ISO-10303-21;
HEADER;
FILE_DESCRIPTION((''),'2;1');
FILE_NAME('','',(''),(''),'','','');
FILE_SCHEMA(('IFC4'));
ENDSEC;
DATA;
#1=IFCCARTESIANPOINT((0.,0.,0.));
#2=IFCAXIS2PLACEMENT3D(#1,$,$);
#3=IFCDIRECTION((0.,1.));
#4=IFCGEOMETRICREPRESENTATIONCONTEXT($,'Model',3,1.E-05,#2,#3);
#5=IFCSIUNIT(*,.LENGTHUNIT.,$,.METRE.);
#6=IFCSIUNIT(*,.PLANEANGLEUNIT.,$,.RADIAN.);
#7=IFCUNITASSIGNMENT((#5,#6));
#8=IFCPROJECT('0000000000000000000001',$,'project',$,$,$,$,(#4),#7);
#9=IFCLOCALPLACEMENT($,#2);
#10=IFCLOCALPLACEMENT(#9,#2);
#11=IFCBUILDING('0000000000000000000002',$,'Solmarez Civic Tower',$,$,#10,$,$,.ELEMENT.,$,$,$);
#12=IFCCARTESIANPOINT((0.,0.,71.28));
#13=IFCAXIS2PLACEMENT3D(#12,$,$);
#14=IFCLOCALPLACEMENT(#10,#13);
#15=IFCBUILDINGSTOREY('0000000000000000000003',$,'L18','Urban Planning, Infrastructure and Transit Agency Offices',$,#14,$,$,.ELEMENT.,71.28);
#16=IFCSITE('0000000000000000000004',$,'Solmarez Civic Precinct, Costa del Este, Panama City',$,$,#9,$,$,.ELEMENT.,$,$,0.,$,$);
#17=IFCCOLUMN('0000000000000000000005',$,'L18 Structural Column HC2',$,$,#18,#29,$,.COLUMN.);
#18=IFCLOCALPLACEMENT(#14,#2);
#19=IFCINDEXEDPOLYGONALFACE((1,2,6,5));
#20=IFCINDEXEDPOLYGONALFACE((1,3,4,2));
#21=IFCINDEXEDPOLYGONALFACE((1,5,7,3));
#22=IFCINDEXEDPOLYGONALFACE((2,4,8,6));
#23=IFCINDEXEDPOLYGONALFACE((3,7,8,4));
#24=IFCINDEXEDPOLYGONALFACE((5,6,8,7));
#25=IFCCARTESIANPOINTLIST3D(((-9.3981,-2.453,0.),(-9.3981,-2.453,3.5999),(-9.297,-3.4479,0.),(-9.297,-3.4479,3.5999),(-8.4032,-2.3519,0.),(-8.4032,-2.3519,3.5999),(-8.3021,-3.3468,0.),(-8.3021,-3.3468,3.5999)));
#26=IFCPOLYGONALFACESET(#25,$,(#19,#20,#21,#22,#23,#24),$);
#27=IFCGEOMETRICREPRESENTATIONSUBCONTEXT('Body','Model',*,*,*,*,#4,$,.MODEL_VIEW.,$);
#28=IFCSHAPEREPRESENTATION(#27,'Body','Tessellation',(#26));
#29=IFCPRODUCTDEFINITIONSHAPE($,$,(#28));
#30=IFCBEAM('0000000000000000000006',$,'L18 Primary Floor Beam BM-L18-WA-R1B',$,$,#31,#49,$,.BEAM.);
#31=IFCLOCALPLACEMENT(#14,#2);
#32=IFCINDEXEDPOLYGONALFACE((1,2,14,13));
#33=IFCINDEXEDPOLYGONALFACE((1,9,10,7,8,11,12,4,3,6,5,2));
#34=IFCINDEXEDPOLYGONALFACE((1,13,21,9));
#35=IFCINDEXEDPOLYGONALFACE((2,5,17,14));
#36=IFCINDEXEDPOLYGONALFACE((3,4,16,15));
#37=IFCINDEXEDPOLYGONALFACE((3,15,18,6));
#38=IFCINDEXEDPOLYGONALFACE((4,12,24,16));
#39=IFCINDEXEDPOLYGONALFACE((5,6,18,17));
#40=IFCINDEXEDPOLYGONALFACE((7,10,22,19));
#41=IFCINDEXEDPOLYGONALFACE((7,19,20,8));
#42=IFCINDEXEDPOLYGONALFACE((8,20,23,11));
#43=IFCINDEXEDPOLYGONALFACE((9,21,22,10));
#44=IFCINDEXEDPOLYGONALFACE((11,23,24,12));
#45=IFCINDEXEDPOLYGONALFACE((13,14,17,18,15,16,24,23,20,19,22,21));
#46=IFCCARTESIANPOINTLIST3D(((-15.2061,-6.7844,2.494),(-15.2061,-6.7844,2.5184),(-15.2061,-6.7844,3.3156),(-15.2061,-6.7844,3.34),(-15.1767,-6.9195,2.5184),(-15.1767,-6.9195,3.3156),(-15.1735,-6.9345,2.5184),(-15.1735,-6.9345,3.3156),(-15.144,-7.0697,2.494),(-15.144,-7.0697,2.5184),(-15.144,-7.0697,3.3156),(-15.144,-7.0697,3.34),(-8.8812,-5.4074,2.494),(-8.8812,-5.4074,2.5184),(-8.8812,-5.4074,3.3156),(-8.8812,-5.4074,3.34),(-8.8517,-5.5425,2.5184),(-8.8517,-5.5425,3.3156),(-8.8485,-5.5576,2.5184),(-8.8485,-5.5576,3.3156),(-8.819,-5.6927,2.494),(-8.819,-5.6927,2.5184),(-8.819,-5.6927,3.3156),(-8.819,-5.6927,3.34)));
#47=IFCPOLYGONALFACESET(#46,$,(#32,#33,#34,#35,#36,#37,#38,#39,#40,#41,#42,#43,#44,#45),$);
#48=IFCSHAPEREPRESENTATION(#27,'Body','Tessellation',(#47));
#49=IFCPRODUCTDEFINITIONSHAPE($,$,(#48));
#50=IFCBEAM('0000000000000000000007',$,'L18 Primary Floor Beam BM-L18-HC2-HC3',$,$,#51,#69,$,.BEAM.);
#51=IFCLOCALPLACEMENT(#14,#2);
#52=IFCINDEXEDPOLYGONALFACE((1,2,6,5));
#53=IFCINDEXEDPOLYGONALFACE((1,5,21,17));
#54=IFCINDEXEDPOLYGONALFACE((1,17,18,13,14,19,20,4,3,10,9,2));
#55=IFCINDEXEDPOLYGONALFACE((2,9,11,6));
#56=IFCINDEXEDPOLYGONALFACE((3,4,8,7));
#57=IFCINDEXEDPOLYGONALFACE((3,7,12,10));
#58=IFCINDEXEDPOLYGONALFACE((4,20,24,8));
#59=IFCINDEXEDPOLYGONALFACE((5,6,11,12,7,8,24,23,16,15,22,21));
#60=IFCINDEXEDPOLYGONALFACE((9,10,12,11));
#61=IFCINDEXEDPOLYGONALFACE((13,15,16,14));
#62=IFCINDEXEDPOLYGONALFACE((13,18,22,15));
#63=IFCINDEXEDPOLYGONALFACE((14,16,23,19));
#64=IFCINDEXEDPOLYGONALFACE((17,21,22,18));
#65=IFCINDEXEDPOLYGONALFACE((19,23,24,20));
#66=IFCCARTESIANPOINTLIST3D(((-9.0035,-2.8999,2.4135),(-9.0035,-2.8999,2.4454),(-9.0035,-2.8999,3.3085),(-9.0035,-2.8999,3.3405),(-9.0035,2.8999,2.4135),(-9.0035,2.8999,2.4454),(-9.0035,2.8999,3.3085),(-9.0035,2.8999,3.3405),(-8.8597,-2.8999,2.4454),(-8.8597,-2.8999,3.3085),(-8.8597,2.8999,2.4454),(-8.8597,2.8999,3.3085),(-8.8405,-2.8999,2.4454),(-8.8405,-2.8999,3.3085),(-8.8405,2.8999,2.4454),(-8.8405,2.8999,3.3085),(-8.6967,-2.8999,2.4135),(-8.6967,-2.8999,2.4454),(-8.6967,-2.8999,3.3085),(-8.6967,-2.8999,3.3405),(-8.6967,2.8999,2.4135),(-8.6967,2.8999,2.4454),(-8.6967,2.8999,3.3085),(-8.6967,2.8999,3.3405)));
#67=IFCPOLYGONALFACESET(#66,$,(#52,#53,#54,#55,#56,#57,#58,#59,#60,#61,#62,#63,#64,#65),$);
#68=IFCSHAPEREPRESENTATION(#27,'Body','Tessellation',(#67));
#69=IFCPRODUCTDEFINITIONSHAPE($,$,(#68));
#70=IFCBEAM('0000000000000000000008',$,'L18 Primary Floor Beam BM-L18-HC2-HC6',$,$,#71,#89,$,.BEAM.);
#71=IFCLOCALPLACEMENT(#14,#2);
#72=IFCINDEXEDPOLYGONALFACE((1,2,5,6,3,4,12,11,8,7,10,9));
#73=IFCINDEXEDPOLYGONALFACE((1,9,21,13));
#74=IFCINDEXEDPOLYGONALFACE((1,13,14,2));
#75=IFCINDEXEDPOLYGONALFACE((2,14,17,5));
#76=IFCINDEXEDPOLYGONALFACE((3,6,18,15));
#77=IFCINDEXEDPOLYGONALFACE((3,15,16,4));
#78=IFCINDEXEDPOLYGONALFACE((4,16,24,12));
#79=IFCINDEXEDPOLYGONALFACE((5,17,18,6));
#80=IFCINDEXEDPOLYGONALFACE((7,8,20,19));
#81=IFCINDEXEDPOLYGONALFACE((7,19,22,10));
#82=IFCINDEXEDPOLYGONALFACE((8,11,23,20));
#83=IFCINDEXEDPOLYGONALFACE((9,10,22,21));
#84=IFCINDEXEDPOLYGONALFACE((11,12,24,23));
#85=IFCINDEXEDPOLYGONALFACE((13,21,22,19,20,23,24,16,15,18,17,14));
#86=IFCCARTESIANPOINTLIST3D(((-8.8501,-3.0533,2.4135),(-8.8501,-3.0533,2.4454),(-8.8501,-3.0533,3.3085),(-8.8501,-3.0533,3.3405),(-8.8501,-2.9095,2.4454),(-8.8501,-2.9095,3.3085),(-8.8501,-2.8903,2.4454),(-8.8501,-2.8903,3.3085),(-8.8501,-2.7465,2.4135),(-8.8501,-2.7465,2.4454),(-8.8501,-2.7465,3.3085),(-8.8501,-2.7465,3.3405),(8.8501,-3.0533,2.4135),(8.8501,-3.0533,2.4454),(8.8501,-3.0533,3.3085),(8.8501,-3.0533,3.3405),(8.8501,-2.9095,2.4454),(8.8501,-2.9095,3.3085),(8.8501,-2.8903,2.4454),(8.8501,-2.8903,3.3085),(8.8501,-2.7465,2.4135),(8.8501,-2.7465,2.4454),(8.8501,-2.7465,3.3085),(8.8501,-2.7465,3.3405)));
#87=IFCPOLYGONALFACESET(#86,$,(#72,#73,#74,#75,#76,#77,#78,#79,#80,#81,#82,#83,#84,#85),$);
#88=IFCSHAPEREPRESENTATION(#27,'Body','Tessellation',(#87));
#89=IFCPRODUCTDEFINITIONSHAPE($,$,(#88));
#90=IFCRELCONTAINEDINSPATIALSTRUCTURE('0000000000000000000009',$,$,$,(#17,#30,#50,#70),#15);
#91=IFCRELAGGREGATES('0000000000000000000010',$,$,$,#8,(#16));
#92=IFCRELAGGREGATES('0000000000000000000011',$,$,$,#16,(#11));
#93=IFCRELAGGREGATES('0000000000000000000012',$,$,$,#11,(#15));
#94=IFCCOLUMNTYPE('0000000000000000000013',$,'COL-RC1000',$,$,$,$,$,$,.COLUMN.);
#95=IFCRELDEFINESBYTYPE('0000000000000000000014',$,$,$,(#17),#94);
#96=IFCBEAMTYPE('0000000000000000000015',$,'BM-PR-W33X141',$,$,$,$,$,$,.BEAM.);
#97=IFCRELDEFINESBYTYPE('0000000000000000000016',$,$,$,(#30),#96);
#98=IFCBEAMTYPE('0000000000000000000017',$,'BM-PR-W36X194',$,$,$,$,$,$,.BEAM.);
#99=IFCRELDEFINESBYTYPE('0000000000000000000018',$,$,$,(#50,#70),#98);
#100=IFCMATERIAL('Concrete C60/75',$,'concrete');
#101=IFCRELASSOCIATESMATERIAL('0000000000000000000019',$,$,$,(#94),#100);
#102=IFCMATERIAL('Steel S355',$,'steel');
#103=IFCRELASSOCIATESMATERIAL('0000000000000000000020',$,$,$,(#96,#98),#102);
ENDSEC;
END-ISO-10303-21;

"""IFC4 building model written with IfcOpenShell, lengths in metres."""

from ifc_helpers import new_model, si_unit, direction, frame, origin, origin_2d, place, context, subcontext, project, spatial, rectangle, i_section, extrude, material, material_profile, profile_set, type_object, element, save


model = new_model("IFC4")

# Units and contexts
model_context = context("Model", 3, precision=1e-05, world=origin(), true_north=direction((0.0, 1.0)))
body_context = subcontext(model_context, "Body", "Model", "MODEL_VIEW")
ifc_project = project(units=[si_unit("LENGTHUNIT", "METRE"), si_unit("PLANEANGLEUNIT", "RADIAN")], contexts=[model_context])

# Site, building, storey
site_placement = place(None, origin())
site = spatial("IfcSite", under=ifc_project, at=site_placement, Name="Solmarez Civic Precinct, Costa del Este, Panama City", CompositionType="ELEMENT", RefElevation=0.0)
building_placement = place(site_placement, origin())
building = spatial("IfcBuilding", under=site, at=building_placement, Name="Solmarez Civic Tower", CompositionType="ELEMENT")
storey_placement = place(building_placement, frame((0.0, 0.0, 71.28)))
storey = spatial("IfcBuildingStorey", under=building, at=storey_placement, Name="L18", Description="Urban Planning, Infrastructure and Transit Agency Offices", CompositionType="ELEMENT", Elevation=71.28)

# Column
ifc_material_1 = material(Name="Concrete C60/75", Category="concrete")
ifc_material_profile_1 = material_profile(ifc_material_1, rectangle(XDim=1.0, YDim=1.0, at=origin_2d()), Name="RC1000X1000")
ifc_profile_set_1 = profile_set([ifc_material_profile_1], Name="Concrete C60/75")
column_type = type_object("IfcColumnType", Name="COL-RC1000", PredefinedType="COLUMN", material=ifc_profile_set_1)
column_placement = place(storey_placement, frame((-8.8501, -2.8999, 0.0), z_axis=(0.0, 0.0, 1.0), x_axis=(0.994881, 0.101056, 0.0)))
element("IfcColumn", 1, at=column_placement, inside=storey, type_object=column_type, Name="L18 Structural Column HC2", PredefinedType="COLUMN", context=body_context, shape_type="SweptSolid", body=[
    extrude(rectangle(XDim=1.0, YDim=1.0, at=origin_2d()), origin(), (0.0, 0.0, 1.0), 3.5999),
])

# Beams
ifc_material_2 = material(Name="Steel S355", Category="steel")
ifc_material_profile_2 = material_profile(ifc_material_2, i_section(OverallWidth=0.292, OverallDepth=0.8459, WebThickness=0.0154, FlangeThickness=0.0244, at=origin_2d()), Name="W33X141")
ifc_profile_set_2 = profile_set([ifc_material_profile_2], Name="Steel S355")
beam_type_1 = type_object("IfcBeamType", Name="BM-PR-W33X141", PredefinedType="BEAM", material=ifc_profile_set_2)
beam_1_placement = place(storey_placement, frame((-8.8501, -5.55, 2.917), z_axis=(-0.977113, -0.212719, 0.0), x_axis=(0.212719, -0.977113, 0.0)))
element("IfcBeam", 2, at=beam_1_placement, inside=storey, type_object=beam_type_1, Name="L18 Primary Floor Beam BM-L18-WA-R1B", PredefinedType="BEAM", context=body_context, shape_type="SweptSolid", body=[
    extrude(i_section(OverallWidth=0.292, OverallDepth=0.8459, WebThickness=0.0154, FlangeThickness=0.0244, at=origin_2d()), origin(), (0.0, 0.0, 1.0), 6.4731),
])
ifc_material_profile_3 = material_profile(ifc_material_2, i_section(OverallWidth=0.3069, OverallDepth=0.927, WebThickness=0.0193, FlangeThickness=0.032, at=origin_2d()), Name="W36X194")
ifc_profile_set_3 = profile_set([ifc_material_profile_3], Name="Steel S355")
beam_type_2 = type_object("IfcBeamType", Name="BM-PR-W36X194", PredefinedType="BEAM", material=ifc_profile_set_3)
beam_2_placement = place(storey_placement, frame((-8.8501, -2.8999, 2.877), z_axis=(0.0, 1.0, 0.0), x_axis=(-1.0, 0.0, 0.0)))
element("IfcBeam", 3, at=beam_2_placement, inside=storey, type_object=beam_type_2, Name="L18 Primary Floor Beam BM-L18-HC2-HC3", PredefinedType="BEAM", context=body_context, shape_type="SweptSolid", body=[
    extrude(i_section(OverallWidth=0.3069, OverallDepth=0.927, WebThickness=0.0193, FlangeThickness=0.032, at=origin_2d()), origin(), (0.0, 0.0, 1.0), 5.7998),
])
beam_3_placement = place(storey_placement, frame((-8.8501, -2.8999, 2.877), z_axis=(1.0, 0.0, 0.0), x_axis=(0.0, 1.0, 0.0)))
element("IfcBeam", 4, at=beam_3_placement, inside=storey, type_object=beam_type_2, Name="L18 Primary Floor Beam BM-L18-HC2-HC6", PredefinedType="BEAM", context=body_context, shape_type="SweptSolid", body=[
    extrude(i_section(OverallWidth=0.3069, OverallDepth=0.927, WebThickness=0.0193, FlangeThickness=0.032, at=origin_2d()), origin(), (0.0, 0.0, 1.0), 17.7002),
])

save(model, "model.ifc")
